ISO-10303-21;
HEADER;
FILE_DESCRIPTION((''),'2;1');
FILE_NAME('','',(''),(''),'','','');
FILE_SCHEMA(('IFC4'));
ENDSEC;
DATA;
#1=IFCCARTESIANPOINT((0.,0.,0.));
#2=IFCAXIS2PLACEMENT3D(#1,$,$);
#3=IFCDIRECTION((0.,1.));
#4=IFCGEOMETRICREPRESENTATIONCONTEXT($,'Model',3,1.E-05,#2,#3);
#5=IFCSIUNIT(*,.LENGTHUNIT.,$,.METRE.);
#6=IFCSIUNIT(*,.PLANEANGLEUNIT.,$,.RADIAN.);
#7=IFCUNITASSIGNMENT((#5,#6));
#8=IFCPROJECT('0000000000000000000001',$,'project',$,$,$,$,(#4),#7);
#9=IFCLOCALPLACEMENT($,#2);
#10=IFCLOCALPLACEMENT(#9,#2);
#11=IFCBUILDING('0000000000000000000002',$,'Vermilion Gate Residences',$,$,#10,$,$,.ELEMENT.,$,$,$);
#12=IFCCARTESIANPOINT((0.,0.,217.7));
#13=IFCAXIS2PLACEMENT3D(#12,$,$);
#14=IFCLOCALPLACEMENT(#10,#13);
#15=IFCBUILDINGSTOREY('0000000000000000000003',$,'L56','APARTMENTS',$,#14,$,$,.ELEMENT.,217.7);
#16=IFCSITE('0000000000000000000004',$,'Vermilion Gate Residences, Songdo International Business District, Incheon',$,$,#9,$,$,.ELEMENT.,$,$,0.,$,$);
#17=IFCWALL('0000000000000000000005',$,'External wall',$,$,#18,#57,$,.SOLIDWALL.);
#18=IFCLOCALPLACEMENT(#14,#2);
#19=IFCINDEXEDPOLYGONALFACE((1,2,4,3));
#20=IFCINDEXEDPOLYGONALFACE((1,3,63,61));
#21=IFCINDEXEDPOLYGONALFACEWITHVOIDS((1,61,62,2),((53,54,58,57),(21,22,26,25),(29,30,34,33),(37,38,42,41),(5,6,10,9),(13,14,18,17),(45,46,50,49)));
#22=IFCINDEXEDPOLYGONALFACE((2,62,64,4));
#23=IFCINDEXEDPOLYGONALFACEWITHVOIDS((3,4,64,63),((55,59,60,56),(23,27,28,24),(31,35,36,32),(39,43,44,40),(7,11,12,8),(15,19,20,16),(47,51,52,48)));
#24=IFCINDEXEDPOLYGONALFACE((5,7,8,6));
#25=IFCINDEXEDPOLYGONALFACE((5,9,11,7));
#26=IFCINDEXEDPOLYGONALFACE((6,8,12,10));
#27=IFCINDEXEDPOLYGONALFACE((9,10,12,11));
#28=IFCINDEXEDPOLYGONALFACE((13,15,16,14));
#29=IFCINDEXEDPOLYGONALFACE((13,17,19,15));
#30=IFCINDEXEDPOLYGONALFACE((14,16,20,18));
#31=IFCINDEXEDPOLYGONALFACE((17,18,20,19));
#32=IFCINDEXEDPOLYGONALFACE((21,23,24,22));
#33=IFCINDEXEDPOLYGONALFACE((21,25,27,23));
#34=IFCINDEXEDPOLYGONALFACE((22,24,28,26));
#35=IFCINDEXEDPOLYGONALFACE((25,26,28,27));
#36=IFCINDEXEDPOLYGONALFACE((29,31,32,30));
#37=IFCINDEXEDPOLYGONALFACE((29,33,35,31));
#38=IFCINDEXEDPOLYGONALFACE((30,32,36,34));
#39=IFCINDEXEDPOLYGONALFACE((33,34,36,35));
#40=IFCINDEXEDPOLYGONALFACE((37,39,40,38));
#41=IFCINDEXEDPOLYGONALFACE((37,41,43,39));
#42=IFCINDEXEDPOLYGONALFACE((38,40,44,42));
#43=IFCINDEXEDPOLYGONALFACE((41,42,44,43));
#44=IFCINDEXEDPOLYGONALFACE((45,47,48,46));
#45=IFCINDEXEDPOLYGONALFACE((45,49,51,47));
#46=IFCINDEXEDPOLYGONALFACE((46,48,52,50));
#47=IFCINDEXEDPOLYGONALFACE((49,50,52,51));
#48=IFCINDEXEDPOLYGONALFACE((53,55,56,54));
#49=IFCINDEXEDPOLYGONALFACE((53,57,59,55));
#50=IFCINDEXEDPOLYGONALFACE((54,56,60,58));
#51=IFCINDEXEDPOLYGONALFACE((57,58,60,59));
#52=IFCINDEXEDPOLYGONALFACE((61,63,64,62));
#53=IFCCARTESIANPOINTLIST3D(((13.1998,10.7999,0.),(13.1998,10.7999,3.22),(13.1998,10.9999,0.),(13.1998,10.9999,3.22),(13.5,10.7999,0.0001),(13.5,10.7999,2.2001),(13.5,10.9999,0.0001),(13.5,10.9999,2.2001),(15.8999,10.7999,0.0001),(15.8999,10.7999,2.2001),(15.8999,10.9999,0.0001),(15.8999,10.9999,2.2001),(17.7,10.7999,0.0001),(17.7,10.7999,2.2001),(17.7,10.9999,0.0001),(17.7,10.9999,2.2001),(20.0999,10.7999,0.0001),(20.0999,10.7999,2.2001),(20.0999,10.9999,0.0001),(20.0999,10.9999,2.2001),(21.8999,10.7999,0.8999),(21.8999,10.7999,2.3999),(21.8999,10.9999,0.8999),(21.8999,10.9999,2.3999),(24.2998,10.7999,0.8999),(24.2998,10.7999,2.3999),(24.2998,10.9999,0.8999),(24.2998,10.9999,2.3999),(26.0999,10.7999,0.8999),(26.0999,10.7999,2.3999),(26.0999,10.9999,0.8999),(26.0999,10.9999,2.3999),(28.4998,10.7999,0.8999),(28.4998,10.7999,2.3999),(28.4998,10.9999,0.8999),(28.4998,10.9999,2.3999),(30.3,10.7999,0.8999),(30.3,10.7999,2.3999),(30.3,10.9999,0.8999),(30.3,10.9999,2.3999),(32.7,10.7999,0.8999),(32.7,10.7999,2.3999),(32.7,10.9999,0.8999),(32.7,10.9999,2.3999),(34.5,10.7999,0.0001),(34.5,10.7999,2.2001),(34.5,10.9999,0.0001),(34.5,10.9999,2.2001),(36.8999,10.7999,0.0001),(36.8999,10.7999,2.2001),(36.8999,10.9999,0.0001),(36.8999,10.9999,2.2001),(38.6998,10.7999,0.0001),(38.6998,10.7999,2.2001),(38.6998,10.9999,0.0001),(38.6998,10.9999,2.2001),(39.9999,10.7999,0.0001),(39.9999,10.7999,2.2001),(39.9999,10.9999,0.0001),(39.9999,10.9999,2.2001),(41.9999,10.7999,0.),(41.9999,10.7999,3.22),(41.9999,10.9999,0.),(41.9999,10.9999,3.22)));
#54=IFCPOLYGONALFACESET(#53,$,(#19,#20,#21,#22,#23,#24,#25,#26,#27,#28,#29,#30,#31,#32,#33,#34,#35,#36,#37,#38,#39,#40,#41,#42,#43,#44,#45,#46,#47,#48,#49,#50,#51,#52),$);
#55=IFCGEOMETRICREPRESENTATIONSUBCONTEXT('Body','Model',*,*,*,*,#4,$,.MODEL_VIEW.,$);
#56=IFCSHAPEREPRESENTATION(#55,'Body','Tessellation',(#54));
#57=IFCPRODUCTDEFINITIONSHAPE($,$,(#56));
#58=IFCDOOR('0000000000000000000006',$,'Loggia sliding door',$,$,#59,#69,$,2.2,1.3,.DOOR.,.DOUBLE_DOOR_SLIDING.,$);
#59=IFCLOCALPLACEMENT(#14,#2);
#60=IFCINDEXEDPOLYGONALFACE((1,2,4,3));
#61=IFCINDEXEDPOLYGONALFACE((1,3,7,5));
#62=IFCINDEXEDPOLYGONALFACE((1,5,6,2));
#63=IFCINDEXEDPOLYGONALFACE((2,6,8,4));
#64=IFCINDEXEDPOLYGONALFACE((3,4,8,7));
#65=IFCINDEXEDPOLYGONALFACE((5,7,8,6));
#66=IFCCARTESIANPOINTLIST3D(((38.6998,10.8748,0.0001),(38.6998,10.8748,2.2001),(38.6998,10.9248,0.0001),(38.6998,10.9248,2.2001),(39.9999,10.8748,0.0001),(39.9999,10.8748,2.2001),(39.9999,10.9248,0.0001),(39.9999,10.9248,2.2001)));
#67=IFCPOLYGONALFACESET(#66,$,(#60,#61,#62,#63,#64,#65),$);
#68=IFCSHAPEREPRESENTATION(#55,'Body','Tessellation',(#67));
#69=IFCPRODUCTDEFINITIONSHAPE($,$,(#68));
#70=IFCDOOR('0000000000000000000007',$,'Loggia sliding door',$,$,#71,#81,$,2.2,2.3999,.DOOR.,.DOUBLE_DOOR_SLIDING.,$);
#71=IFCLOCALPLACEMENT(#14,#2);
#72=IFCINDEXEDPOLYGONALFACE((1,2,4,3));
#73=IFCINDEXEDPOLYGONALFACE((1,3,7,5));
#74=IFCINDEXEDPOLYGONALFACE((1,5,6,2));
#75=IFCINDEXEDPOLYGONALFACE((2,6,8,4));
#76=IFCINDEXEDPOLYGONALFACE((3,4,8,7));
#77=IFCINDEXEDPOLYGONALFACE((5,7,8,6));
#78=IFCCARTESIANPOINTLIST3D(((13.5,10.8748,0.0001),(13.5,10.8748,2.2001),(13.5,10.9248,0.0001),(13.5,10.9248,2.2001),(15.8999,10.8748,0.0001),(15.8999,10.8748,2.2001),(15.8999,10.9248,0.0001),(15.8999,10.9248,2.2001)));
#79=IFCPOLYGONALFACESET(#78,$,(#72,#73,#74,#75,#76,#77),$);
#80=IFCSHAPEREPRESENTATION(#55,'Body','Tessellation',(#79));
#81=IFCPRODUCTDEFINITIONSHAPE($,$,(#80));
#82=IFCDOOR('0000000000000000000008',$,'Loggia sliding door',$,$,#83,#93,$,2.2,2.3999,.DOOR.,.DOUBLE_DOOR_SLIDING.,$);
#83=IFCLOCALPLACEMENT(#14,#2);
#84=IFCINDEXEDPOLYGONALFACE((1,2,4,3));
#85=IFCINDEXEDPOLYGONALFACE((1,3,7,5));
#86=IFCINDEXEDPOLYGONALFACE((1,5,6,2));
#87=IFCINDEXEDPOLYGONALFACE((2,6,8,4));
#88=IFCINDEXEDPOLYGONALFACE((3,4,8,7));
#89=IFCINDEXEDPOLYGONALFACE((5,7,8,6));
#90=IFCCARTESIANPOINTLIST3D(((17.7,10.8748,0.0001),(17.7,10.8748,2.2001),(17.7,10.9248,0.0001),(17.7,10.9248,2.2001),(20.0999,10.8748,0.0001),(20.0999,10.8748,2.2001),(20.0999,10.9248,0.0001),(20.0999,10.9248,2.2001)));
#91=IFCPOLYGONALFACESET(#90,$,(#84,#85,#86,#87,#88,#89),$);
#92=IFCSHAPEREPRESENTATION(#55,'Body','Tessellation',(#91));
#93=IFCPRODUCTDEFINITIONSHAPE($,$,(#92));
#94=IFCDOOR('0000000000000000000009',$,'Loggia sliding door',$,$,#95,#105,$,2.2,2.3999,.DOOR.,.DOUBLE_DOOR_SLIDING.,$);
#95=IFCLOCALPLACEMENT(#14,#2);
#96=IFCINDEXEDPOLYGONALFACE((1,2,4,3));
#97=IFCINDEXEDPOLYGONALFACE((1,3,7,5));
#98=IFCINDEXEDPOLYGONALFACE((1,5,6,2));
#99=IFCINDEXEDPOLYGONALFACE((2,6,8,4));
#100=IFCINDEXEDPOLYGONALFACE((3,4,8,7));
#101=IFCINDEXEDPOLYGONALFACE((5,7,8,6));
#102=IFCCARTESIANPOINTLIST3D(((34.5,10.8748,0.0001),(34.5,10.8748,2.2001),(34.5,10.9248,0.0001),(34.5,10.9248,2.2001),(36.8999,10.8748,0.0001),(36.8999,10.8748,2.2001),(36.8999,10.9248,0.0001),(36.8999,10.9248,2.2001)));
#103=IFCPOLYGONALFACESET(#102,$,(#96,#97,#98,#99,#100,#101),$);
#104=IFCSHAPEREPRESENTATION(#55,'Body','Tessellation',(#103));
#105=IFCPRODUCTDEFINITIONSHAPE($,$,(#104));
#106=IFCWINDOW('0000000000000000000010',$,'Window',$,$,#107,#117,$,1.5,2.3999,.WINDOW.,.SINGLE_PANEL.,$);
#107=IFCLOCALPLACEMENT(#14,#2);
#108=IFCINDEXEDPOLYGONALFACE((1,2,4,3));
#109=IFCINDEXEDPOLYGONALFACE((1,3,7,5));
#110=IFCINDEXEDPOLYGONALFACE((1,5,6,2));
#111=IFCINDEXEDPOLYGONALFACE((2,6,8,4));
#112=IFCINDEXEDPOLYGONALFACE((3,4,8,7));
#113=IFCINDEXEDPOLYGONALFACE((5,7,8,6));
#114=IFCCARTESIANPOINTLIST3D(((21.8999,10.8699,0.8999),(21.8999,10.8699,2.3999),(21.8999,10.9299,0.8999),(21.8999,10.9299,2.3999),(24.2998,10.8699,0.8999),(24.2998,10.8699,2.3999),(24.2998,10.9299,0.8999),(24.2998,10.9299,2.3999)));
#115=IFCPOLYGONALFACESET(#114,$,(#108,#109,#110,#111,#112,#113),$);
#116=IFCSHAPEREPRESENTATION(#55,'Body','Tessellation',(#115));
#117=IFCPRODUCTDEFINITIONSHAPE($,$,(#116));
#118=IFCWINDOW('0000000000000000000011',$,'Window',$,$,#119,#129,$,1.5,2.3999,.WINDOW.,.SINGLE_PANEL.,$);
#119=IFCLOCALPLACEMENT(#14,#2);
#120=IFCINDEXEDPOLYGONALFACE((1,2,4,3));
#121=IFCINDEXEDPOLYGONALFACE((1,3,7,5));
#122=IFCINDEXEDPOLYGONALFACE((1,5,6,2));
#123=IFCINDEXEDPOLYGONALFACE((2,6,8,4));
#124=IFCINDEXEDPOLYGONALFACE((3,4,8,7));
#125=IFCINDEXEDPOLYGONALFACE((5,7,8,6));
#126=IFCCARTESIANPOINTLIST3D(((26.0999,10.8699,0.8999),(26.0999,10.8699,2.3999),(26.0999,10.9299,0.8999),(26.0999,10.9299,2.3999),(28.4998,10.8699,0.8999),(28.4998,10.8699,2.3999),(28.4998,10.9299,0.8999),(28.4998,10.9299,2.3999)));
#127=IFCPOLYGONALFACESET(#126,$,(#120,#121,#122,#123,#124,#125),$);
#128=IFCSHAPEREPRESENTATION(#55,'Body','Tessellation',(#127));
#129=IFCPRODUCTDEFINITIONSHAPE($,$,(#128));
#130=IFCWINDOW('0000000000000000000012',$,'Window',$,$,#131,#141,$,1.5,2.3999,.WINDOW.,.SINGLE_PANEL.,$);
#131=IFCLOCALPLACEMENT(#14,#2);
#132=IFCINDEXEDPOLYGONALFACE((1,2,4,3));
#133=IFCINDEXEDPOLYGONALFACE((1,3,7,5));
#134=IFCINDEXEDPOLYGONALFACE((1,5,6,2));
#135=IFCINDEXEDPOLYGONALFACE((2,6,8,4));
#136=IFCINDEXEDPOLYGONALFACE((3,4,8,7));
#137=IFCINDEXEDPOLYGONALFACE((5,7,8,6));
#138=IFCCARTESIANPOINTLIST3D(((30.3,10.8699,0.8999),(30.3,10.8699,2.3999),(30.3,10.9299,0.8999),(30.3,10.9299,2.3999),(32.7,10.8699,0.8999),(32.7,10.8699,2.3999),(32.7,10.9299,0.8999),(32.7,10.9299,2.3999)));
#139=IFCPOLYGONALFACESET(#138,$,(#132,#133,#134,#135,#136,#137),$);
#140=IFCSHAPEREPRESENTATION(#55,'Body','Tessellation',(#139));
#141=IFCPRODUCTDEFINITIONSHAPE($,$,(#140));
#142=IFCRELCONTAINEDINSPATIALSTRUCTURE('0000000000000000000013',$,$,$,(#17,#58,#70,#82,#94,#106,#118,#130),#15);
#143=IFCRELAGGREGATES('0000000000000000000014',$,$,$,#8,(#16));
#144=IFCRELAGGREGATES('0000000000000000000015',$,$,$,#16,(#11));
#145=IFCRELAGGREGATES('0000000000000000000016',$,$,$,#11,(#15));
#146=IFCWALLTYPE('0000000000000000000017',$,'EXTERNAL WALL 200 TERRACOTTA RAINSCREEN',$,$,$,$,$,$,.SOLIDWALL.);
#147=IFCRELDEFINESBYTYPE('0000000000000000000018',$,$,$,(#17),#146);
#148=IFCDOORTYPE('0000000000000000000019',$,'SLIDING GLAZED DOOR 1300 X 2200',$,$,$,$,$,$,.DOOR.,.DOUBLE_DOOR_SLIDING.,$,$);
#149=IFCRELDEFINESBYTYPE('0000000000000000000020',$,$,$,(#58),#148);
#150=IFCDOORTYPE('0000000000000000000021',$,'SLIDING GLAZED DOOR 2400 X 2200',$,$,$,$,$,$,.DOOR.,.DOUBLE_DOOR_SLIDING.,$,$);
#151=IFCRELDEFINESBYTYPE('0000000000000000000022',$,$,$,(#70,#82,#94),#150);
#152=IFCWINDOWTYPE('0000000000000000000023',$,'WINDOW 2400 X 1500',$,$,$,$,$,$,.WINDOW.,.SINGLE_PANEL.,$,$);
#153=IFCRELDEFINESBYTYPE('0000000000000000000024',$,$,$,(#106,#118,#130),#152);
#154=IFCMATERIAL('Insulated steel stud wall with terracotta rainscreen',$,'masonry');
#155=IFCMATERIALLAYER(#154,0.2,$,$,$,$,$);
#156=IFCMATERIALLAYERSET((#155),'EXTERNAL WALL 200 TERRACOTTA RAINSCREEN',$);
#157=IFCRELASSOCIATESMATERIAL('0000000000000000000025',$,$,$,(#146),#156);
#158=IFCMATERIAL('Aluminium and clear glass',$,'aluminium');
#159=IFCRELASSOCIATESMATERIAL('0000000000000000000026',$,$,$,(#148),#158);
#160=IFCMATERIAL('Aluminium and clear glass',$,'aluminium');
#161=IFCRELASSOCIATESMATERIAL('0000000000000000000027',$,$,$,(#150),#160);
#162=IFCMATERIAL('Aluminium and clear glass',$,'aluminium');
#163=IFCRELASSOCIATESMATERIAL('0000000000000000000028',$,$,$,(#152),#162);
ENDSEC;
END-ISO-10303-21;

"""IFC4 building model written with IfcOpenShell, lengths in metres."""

from ifc_helpers import new_model, si_unit, direction, frame, frame_2d, origin, place, context, subcontext, project, spatial, rectangle, extrude, material, layer, layer_set, type_object, element, fill, save


model = new_model("IFC4")

# Units and contexts
model_context = context("Model", 3, precision=1e-05, world=origin(), true_north=direction((0.0, 1.0)))
body_context = subcontext(model_context, "Body", "Model", "MODEL_VIEW")
ifc_project = project(units=[si_unit("LENGTHUNIT", "METRE"), si_unit("PLANEANGLEUNIT", "RADIAN")], contexts=[model_context])

# Site, building, storey
site_placement = place(None, origin())
site = spatial("IfcSite", under=ifc_project, at=site_placement, Name="Vermilion Gate Residences, Songdo International Business District, Incheon", CompositionType="ELEMENT", RefElevation=0.0)
building_placement = place(site_placement, origin())
building = spatial("IfcBuilding", under=site, at=building_placement, Name="Vermilion Gate Residences", CompositionType="ELEMENT")
storey_placement = place(building_placement, frame((0.0, 0.0, 217.7)))
storey = spatial("IfcBuildingStorey", under=building, at=storey_placement, Name="L56", Description="APARTMENTS", CompositionType="ELEMENT", Elevation=217.7)

# Shared definitions
ifc_material_1 = material(Name="Insulated steel stud wall with terracotta rainscreen", Category="masonry")
ifc_layer_1 = layer(ifc_material_1, 0.2)
ifc_layer_set_1 = layer_set([ifc_layer_1], Name="EXTERNAL WALL 200 TERRACOTTA RAINSCREEN")
wall_type_1 = type_object("IfcWallType", Name="EXTERNAL WALL 200 TERRACOTTA RAINSCREEN", PredefinedType="SOLIDWALL", material=ifc_layer_set_1)

# Wall, openings, doors, windows
wall_1_placement = place(storey_placement, frame((13.2, 10.8999, 0.0), z_axis=(0.0, 0.0, 1.0), x_axis=(1.0, 0.0, 0.0)))
wall_1 = element("IfcWall", 1, at=wall_1_placement, inside=storey, type_object=wall_type_1, Name="External wall", PredefinedType="SOLIDWALL", context=body_context, shape_type="SweptSolid", body=[
    extrude(rectangle(XDim=28.8, YDim=0.2, at=frame_2d((14.3999, 0.0))), origin(), (0.0, 0.0, 1.0), 3.22),
])
opening_1_placement = place(wall_1_placement, frame((0.3, 0.0, 0.0)))
opening_1 = element("IfcOpeningElement", 2, at=opening_1_placement, cuts=wall_1, PredefinedType="OPENING", context=body_context, shape_type="SweptSolid", body=[
    extrude(rectangle(XDim=2.3999, YDim=2.2, at=frame_2d((1.2, 1.1001))), frame((0.0, 0.1099, 0.0), z_axis=(0.0, -1.0, 0.0), x_axis=(1.0, 0.0, 0.0)), (0.0, 0.0, 1.0), 0.22),
])
opening_2_placement = place(wall_1_placement, frame((4.5, 0.0, 0.0)))
opening_2 = element("IfcOpeningElement", 3, at=opening_2_placement, cuts=wall_1, PredefinedType="OPENING", context=body_context, shape_type="SweptSolid", body=[
    extrude(rectangle(XDim=2.3999, YDim=2.2, at=frame_2d((1.2, 1.1001))), frame((0.0, 0.1099, 0.0), z_axis=(0.0, -1.0, 0.0), x_axis=(1.0, 0.0, 0.0)), (0.0, 0.0, 1.0), 0.22),
])
opening_3_placement = place(wall_1_placement, frame((8.7, 0.0, 0.8999)))
opening_3 = element("IfcOpeningElement", 4, at=opening_3_placement, cuts=wall_1, PredefinedType="OPENING", context=body_context, shape_type="SweptSolid", body=[
    extrude(rectangle(XDim=2.3999, YDim=1.5, at=frame_2d((1.2, 0.75))), frame((0.0, 0.1099, 0.0), z_axis=(0.0, -1.0, 0.0), x_axis=(1.0, 0.0, 0.0)), (0.0, 0.0, 1.0), 0.22),
])
opening_4_placement = place(wall_1_placement, frame((12.8999, 0.0, 0.8999)))
opening_4 = element("IfcOpeningElement", 5, at=opening_4_placement, cuts=wall_1, PredefinedType="OPENING", context=body_context, shape_type="SweptSolid", body=[
    extrude(rectangle(XDim=2.3999, YDim=1.5, at=frame_2d((1.2, 0.75))), frame((0.0, 0.1099, 0.0), z_axis=(0.0, -1.0, 0.0), x_axis=(1.0, 0.0, 0.0)), (0.0, 0.0, 1.0), 0.22),
])
opening_5_placement = place(wall_1_placement, frame((17.1001, 0.0, 0.8999)))
opening_5 = element("IfcOpeningElement", 6, at=opening_5_placement, cuts=wall_1, PredefinedType="OPENING", context=body_context, shape_type="SweptSolid", body=[
    extrude(rectangle(XDim=2.3999, YDim=1.5, at=frame_2d((1.2, 0.75))), frame((0.0, 0.1099, 0.0), z_axis=(0.0, -1.0, 0.0), x_axis=(1.0, 0.0, 0.0)), (0.0, 0.0, 1.0), 0.22),
])
opening_6_placement = place(wall_1_placement, frame((21.3, 0.0, 0.0)))
opening_6 = element("IfcOpeningElement", 7, at=opening_6_placement, cuts=wall_1, PredefinedType="OPENING", context=body_context, shape_type="SweptSolid", body=[
    extrude(rectangle(XDim=2.3999, YDim=2.2, at=frame_2d((1.2, 1.1001))), frame((0.0, 0.1099, 0.0), z_axis=(0.0, -1.0, 0.0), x_axis=(1.0, 0.0, 0.0)), (0.0, 0.0, 1.0), 0.22),
])
opening_7_placement = place(wall_1_placement, frame((25.5, 0.0, 0.0)))
opening_7 = element("IfcOpeningElement", 8, at=opening_7_placement, cuts=wall_1, PredefinedType="OPENING", context=body_context, shape_type="SweptSolid", body=[
    extrude(rectangle(XDim=1.3, YDim=2.2, at=frame_2d((0.6499, 1.1001))), frame((0.0, 0.1099, 0.0), z_axis=(0.0, -1.0, 0.0), x_axis=(1.0, 0.0, 0.0)), (0.0, 0.0, 1.0), 0.22),
])
ifc_material_2 = material(Name="Aluminium and clear glass", Category="aluminium")
door_type_1 = type_object("IfcDoorType", Name="SLIDING GLAZED DOOR 1300 X 2200", OperationType="DOUBLE_DOOR_SLIDING", PredefinedType="DOOR", material=ifc_material_2)
door_1_placement = place(opening_7_placement, origin())
door_1 = element("IfcDoor", 9, at=door_1_placement, inside=storey, type_object=door_type_1, Name="Loggia sliding door", OperationType="DOUBLE_DOOR_SLIDING", OverallHeight=2.2, OverallWidth=1.3, PredefinedType="DOOR", context=body_context, shape_type="SweptSolid", body=[
    extrude(rectangle(XDim=1.3, YDim=2.2, at=frame_2d((0.6499, 1.1001))), frame((0.0, 0.0249, 0.0), z_axis=(0.0, -1.0, 0.0), x_axis=(1.0, 0.0, 0.0)), (0.0, 0.0, 1.0), 0.05),
])
fill(opening_7, door_1)
ifc_material_3 = material(Name="Aluminium and clear glass", Category="aluminium")
door_type_2 = type_object("IfcDoorType", Name="SLIDING GLAZED DOOR 2400 X 2200", OperationType="DOUBLE_DOOR_SLIDING", PredefinedType="DOOR", material=ifc_material_3)
door_2_placement = place(opening_1_placement, origin())
door_2 = element("IfcDoor", 10, at=door_2_placement, inside=storey, type_object=door_type_2, Name="Loggia sliding door", OperationType="DOUBLE_DOOR_SLIDING", OverallHeight=2.2, OverallWidth=2.3999, PredefinedType="DOOR", context=body_context, shape_type="SweptSolid", body=[
    extrude(rectangle(XDim=2.3999, YDim=2.2, at=frame_2d((1.2, 1.1001))), frame((0.0, 0.0249, 0.0), z_axis=(0.0, -1.0, 0.0), x_axis=(1.0, 0.0, 0.0)), (0.0, 0.0, 1.0), 0.05),
])
fill(opening_1, door_2)
door_3_placement = place(opening_2_placement, origin())
door_3 = element("IfcDoor", 11, at=door_3_placement, inside=storey, type_object=door_type_2, Name="Loggia sliding door", OperationType="DOUBLE_DOOR_SLIDING", OverallHeight=2.2, OverallWidth=2.3999, PredefinedType="DOOR", context=body_context, shape_type="SweptSolid", body=[
    extrude(rectangle(XDim=2.3999, YDim=2.2, at=frame_2d((1.2, 1.1001))), frame((0.0, 0.0249, 0.0), z_axis=(0.0, -1.0, 0.0), x_axis=(1.0, 0.0, 0.0)), (0.0, 0.0, 1.0), 0.05),
])
fill(opening_2, door_3)
door_4_placement = place(opening_6_placement, origin())
door_4 = element("IfcDoor", 12, at=door_4_placement, inside=storey, type_object=door_type_2, Name="Loggia sliding door", OperationType="DOUBLE_DOOR_SLIDING", OverallHeight=2.2, OverallWidth=2.3999, PredefinedType="DOOR", context=body_context, shape_type="SweptSolid", body=[
    extrude(rectangle(XDim=2.3999, YDim=2.2, at=frame_2d((1.2, 1.1001))), frame((0.0, 0.0249, 0.0), z_axis=(0.0, -1.0, 0.0), x_axis=(1.0, 0.0, 0.0)), (0.0, 0.0, 1.0), 0.05),
])
fill(opening_6, door_4)
ifc_material_4 = material(Name="Aluminium and clear glass", Category="aluminium")
window_type = type_object("IfcWindowType", Name="WINDOW 2400 X 1500", PartitioningType="SINGLE_PANEL", PredefinedType="WINDOW", material=ifc_material_4)
window_1_placement = place(opening_3_placement, origin())
window_1 = element("IfcWindow", 13, at=window_1_placement, inside=storey, type_object=window_type, Name="Window", OverallHeight=1.5, OverallWidth=2.3999, PartitioningType="SINGLE_PANEL", PredefinedType="WINDOW", context=body_context, shape_type="SweptSolid", body=[
    extrude(rectangle(XDim=2.3999, YDim=1.5, at=frame_2d((1.2, 0.75))), frame((0.0, 0.03, 0.0), z_axis=(0.0, -1.0, 0.0), x_axis=(1.0, 0.0, 0.0)), (0.0, 0.0, 1.0), 0.0601),
])
fill(opening_3, window_1)
window_2_placement = place(opening_4_placement, origin())
window_2 = element("IfcWindow", 14, at=window_2_placement, inside=storey, type_object=window_type, Name="Window", OverallHeight=1.5, OverallWidth=2.3999, PartitioningType="SINGLE_PANEL", PredefinedType="WINDOW", context=body_context, shape_type="SweptSolid", body=[
    extrude(rectangle(XDim=2.3999, YDim=1.5, at=frame_2d((1.2, 0.75))), frame((0.0, 0.03, 0.0), z_axis=(0.0, -1.0, 0.0), x_axis=(1.0, 0.0, 0.0)), (0.0, 0.0, 1.0), 0.0601),
])
fill(opening_4, window_2)
window_3_placement = place(opening_5_placement, origin())
window_3 = element("IfcWindow", 15, at=window_3_placement, inside=storey, type_object=window_type, Name="Window", OverallHeight=1.5, OverallWidth=2.3999, PartitioningType="SINGLE_PANEL", PredefinedType="WINDOW", context=body_context, shape_type="SweptSolid", body=[
    extrude(rectangle(XDim=2.3999, YDim=1.5, at=frame_2d((1.2, 0.75))), frame((0.0, 0.03, 0.0), z_axis=(0.0, -1.0, 0.0), x_axis=(1.0, 0.0, 0.0)), (0.0, 0.0, 1.0), 0.0601),
])
fill(opening_5, window_3)

save(model, "model.ifc")
